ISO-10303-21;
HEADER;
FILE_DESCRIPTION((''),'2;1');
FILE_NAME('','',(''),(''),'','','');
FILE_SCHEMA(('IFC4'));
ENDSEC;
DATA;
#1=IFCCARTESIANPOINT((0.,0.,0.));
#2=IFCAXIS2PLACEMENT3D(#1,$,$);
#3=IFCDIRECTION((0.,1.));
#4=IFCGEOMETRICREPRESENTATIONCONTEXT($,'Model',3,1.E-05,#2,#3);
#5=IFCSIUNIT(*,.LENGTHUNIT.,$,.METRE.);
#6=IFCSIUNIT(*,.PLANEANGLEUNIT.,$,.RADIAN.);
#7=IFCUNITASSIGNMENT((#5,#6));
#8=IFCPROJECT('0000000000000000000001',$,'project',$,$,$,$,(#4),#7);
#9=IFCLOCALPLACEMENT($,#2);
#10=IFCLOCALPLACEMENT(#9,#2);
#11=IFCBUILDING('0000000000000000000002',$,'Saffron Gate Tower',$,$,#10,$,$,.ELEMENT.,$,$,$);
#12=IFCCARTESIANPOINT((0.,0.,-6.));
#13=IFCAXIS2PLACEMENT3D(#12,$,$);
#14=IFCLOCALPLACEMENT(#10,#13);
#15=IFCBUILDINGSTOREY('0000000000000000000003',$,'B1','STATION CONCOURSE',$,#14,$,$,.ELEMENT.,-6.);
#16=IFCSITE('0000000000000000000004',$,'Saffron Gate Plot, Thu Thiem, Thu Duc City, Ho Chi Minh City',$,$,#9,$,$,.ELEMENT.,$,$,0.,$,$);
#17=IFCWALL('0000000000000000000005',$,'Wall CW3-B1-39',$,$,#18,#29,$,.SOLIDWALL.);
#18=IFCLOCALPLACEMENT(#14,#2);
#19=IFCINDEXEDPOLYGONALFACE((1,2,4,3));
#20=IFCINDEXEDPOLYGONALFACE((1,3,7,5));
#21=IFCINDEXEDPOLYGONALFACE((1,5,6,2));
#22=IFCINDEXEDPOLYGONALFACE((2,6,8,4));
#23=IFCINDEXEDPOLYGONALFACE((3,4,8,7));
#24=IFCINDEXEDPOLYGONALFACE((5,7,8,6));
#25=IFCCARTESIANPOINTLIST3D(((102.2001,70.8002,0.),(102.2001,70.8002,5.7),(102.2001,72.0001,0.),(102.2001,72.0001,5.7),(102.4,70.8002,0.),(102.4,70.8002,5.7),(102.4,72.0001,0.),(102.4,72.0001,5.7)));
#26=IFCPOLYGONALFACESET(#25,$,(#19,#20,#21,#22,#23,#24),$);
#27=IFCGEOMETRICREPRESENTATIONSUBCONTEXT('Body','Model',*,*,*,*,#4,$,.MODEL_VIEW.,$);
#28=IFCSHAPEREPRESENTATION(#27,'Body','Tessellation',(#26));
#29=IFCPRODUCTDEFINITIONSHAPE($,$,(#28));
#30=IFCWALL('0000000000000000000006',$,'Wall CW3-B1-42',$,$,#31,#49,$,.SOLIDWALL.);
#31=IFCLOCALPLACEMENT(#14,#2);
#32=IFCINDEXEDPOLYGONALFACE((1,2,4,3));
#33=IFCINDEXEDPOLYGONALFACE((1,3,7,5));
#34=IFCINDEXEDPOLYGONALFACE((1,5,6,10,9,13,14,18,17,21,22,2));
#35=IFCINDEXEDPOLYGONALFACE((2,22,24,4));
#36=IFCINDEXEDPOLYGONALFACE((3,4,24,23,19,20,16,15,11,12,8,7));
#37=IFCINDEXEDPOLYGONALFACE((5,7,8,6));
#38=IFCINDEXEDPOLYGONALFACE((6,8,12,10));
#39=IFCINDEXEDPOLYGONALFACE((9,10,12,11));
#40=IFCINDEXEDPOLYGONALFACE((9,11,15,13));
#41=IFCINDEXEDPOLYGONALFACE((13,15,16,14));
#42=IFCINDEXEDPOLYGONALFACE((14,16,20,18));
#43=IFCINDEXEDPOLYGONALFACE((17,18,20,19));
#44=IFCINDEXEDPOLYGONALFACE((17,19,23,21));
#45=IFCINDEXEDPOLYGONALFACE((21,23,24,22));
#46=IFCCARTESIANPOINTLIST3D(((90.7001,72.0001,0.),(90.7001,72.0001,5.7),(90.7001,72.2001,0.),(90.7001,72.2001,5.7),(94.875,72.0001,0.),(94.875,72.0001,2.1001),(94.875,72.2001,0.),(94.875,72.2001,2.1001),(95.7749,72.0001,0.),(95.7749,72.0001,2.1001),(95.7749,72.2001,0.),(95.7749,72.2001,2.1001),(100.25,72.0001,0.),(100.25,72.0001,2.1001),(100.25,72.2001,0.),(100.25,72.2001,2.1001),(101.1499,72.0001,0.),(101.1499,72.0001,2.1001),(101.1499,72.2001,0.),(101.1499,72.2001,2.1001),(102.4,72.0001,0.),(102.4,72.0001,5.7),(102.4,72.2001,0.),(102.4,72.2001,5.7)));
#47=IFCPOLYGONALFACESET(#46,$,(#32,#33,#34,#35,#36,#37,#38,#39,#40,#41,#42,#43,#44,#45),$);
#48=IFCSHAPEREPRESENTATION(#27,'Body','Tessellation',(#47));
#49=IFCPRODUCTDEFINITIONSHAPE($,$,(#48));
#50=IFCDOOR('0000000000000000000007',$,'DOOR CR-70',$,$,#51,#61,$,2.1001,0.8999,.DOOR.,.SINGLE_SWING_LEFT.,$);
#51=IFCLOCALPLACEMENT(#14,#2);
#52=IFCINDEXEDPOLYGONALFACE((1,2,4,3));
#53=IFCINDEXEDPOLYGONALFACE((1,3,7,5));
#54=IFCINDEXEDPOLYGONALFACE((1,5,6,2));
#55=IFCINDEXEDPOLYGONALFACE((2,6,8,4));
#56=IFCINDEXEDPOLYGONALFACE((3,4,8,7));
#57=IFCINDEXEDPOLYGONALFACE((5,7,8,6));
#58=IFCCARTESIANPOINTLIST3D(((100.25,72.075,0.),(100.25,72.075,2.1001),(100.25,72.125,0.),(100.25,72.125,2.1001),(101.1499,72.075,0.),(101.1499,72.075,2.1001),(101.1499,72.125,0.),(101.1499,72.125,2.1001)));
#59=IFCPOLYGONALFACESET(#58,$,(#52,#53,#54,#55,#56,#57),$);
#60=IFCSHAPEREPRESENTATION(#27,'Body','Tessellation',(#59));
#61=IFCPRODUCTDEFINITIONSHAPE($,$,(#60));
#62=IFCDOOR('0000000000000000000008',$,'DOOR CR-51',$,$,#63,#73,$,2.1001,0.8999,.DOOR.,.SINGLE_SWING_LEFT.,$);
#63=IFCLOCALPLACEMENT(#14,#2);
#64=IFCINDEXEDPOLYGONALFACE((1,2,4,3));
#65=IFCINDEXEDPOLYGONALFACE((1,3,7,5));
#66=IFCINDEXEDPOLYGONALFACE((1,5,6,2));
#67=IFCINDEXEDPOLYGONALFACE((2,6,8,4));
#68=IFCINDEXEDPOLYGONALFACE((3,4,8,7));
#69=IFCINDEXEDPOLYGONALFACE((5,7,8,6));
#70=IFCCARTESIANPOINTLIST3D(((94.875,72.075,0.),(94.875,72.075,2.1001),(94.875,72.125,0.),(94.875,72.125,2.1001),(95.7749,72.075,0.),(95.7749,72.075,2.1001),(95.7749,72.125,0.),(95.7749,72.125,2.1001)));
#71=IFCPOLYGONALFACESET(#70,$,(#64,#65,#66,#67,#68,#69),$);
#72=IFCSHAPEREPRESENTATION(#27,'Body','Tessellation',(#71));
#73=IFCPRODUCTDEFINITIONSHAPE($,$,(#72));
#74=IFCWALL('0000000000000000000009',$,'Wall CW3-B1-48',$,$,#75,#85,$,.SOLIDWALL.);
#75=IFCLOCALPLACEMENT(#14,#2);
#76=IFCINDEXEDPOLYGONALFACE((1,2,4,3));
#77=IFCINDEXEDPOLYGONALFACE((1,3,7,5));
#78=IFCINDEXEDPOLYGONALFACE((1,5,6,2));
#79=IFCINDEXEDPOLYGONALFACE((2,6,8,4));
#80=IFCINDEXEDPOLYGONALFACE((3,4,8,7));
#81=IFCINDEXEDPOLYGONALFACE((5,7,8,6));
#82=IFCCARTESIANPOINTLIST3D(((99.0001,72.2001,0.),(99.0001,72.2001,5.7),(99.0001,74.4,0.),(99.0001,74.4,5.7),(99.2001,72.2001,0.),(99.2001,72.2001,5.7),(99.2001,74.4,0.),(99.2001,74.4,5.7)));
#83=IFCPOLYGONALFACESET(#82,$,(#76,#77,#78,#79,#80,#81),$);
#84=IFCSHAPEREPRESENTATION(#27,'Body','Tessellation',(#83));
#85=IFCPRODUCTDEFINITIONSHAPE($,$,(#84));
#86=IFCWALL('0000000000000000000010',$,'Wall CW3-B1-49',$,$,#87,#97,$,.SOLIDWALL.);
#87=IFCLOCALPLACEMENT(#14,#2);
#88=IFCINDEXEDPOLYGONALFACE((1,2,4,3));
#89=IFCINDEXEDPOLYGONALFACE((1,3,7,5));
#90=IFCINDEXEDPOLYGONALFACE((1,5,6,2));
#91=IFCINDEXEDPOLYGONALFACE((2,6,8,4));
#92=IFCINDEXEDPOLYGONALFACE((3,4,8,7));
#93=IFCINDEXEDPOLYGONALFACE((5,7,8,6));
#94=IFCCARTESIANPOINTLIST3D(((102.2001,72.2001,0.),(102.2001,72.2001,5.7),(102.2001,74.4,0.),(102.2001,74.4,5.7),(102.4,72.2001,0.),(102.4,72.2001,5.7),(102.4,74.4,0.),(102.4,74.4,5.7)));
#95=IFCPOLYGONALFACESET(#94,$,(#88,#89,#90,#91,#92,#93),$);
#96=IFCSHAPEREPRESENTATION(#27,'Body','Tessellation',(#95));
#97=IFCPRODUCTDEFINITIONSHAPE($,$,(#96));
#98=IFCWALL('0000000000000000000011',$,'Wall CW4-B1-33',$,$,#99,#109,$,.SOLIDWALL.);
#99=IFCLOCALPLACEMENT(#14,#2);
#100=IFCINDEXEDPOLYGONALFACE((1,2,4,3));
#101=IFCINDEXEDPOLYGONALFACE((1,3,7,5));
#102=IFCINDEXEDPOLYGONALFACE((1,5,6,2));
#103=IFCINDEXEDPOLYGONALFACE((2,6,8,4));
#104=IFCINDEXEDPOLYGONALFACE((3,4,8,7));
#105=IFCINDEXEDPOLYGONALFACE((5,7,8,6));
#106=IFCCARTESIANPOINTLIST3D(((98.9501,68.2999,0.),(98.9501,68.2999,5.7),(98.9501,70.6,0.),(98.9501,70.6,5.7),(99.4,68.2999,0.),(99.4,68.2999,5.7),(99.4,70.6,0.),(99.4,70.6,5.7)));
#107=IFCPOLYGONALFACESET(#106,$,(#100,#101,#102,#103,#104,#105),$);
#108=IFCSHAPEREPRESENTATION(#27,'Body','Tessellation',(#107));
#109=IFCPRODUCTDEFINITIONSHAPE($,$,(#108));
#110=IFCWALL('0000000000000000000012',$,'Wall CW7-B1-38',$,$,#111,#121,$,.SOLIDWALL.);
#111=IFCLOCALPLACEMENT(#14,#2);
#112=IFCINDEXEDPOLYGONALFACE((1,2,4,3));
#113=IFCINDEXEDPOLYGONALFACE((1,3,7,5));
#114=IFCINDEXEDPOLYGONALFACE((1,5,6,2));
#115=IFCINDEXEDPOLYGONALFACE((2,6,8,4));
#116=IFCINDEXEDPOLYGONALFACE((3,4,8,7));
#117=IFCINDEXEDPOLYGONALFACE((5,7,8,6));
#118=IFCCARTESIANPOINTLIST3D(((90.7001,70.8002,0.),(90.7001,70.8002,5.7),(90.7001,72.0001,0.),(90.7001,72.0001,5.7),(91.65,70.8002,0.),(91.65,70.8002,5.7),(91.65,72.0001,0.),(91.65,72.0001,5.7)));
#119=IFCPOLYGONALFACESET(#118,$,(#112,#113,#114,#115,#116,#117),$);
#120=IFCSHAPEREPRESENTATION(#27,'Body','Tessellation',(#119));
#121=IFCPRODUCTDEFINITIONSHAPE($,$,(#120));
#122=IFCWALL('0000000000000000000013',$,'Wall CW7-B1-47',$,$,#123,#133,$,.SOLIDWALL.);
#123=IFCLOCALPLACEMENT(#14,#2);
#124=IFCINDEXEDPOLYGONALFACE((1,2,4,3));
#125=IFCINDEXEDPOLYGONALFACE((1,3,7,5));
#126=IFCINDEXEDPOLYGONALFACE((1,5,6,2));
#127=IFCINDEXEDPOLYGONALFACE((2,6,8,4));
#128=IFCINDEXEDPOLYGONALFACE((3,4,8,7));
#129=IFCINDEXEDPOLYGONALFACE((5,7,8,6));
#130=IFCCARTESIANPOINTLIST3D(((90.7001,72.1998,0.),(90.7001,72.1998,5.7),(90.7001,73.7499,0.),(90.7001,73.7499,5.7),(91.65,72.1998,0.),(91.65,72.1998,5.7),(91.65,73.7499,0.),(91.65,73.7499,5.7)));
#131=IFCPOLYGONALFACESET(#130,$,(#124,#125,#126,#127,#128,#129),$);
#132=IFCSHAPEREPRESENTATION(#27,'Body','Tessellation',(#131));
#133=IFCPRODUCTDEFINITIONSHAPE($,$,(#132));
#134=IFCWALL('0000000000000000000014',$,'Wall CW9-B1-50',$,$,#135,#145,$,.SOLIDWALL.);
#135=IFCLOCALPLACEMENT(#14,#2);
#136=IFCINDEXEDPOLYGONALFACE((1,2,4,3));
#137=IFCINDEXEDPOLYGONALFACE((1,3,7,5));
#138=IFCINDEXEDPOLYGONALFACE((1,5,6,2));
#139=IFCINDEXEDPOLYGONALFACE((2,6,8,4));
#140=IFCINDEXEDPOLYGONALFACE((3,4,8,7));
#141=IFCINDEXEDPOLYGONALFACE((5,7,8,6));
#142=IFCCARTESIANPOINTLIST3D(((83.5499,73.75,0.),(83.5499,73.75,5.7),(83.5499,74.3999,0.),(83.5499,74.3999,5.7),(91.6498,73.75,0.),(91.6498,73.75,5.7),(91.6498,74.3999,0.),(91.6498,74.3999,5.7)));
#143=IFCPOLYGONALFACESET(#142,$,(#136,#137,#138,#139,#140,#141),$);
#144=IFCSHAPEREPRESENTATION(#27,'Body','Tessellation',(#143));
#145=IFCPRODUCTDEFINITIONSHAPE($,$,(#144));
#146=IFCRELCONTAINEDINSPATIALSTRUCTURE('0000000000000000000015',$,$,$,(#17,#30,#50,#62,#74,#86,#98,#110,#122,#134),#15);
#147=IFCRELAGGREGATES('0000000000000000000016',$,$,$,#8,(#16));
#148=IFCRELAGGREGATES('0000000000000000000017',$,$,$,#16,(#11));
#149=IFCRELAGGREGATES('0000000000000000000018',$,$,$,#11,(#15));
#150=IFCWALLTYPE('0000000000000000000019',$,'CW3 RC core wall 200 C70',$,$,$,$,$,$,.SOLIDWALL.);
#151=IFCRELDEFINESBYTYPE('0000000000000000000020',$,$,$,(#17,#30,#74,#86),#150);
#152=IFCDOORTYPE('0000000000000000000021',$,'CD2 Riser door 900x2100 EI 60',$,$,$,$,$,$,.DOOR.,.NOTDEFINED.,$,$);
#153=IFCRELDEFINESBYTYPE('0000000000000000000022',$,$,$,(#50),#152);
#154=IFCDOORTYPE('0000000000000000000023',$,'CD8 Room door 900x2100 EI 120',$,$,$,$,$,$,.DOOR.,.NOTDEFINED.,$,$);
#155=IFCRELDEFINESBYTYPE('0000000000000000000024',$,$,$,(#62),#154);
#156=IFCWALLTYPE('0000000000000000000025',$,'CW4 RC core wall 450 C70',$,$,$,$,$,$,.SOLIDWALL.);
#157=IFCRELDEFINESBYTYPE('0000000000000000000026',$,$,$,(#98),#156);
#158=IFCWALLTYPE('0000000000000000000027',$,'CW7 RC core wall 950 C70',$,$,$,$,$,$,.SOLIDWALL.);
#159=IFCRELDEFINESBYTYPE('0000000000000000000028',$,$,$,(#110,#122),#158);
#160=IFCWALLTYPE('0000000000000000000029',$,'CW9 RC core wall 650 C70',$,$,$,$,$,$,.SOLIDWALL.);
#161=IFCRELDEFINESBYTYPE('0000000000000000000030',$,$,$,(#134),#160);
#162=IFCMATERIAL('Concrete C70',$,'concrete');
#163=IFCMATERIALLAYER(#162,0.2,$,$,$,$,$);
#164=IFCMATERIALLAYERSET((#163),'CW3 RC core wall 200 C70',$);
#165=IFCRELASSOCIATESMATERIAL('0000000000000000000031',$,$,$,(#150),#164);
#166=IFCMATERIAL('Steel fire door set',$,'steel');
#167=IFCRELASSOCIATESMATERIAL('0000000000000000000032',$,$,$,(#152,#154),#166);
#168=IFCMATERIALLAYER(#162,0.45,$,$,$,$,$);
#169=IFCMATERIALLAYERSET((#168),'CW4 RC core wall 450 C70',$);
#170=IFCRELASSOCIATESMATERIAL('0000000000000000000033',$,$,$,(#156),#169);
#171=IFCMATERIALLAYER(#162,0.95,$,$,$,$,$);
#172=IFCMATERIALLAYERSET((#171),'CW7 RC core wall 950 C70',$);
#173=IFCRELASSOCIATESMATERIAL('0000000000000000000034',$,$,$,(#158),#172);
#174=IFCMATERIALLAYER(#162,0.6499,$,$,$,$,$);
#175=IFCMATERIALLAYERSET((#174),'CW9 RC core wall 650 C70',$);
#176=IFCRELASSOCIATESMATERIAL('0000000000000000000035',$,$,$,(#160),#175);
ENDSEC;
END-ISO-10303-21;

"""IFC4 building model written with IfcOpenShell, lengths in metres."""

from ifc_helpers import new_model, si_unit, direction, frame, frame_2d, origin, place, context, subcontext, project, spatial, rectangle, extrude, material, layer, layer_set, type_object, element, fill, save


model = new_model("IFC4")

# Units and contexts
model_context = context("Model", 3, precision=1e-05, world=origin(), true_north=direction((0.0, 1.0)))
body_context = subcontext(model_context, "Body", "Model", "MODEL_VIEW")
ifc_project = project(units=[si_unit("LENGTHUNIT", "METRE"), si_unit("PLANEANGLEUNIT", "RADIAN")], contexts=[model_context])

# Site, building, storey
site_placement = place(None, origin())
site = spatial("IfcSite", under=ifc_project, at=site_placement, Name="Saffron Gate Plot, Thu Thiem, Thu Duc City, Ho Chi Minh City", CompositionType="ELEMENT", RefElevation=0.0)
building_placement = place(site_placement, origin())
building = spatial("IfcBuilding", under=site, at=building_placement, Name="Saffron Gate Tower", CompositionType="ELEMENT")
storey_placement = place(building_placement, frame((0.0, 0.0, -6.0)))
storey = spatial("IfcBuildingStorey", under=building, at=storey_placement, Name="B1", Description="STATION CONCOURSE", CompositionType="ELEMENT", Elevation=-6.0)

# Wall
ifc_material_1 = material(Name="Concrete C70", Category="concrete")
ifc_layer_1 = layer(ifc_material_1, 0.2)
ifc_layer_set_1 = layer_set([ifc_layer_1], Name="CW3 RC core wall 200 C70")
wall_type_1 = type_object("IfcWallType", Name="CW3 RC core wall 200 C70", PredefinedType="SOLIDWALL", material=ifc_layer_set_1)
wall_1_placement = place(storey_placement, frame((102.3, 70.8, 0.0), z_axis=(0.0, 0.0, 1.0), x_axis=(0.0, 1.0, 0.0)))
element("IfcWall", 1, at=wall_1_placement, inside=storey, type_object=wall_type_1, Name="Wall CW3-B1-39", PredefinedType="SOLIDWALL", context=body_context, shape_type="SweptSolid", body=[
    extrude(rectangle(XDim=1.2, YDim=0.2, at=frame_2d((0.6001, 0.0))), origin(), (0.0, 0.0, 1.0), 5.7),
])

# Wall, openings, doors
wall_2_placement = place(storey_placement, frame((90.7, 72.1001, 0.0), z_axis=(0.0, 0.0, 1.0), x_axis=(1.0, 0.0, 0.0)))
wall_2 = element("IfcWall", 2, at=wall_2_placement, inside=storey, type_object=wall_type_1, Name="Wall CW3-B1-42", PredefinedType="SOLIDWALL", context=body_context, shape_type="SweptSolid", body=[
    extrude(rectangle(XDim=11.7, YDim=0.2, at=frame_2d((5.8501, 0.0))), origin(), (0.0, 0.0, 1.0), 5.7),
])
opening_1_placement = place(wall_2_placement, frame((4.175, 0.0, 0.0)))
opening_1 = element("IfcOpeningElement", 3, at=opening_1_placement, cuts=wall_2, PredefinedType="OPENING", context=body_context, shape_type="SweptSolid", body=[
    extrude(rectangle(XDim=0.8999, YDim=2.1001, at=frame_2d((0.45, 1.05))), frame((0.0, 0.1099, 0.0), z_axis=(0.0, -1.0, 0.0), x_axis=(1.0, 0.0, 0.0)), (0.0, 0.0, 1.0), 0.22),
])
opening_2_placement = place(wall_2_placement, frame((9.55, 0.0, 0.0)))
opening_2 = element("IfcOpeningElement", 4, at=opening_2_placement, cuts=wall_2, PredefinedType="OPENING", context=body_context, shape_type="SweptSolid", body=[
    extrude(rectangle(XDim=0.8999, YDim=2.1001, at=frame_2d((0.45, 1.05))), frame((0.0, 0.1099, 0.0), z_axis=(0.0, -1.0, 0.0), x_axis=(1.0, 0.0, 0.0)), (0.0, 0.0, 1.0), 0.22),
])
ifc_material_2 = material(Name="Steel fire door set", Category="steel")
door_type_1 = type_object("IfcDoorType", Name="CD2 Riser door 900x2100 EI 60", OperationType="NOTDEFINED", PredefinedType="DOOR", material=ifc_material_2)
door_1_placement = place(opening_2_placement, origin())
door_1 = element("IfcDoor", 5, at=door_1_placement, inside=storey, type_object=door_type_1, Name="DOOR CR-70", OperationType="SINGLE_SWING_LEFT", OverallHeight=2.1001, OverallWidth=0.8999, PredefinedType="DOOR", context=body_context, shape_type="SweptSolid", body=[
    extrude(rectangle(XDim=0.8999, YDim=2.1001, at=frame_2d((0.45, 1.05))), frame((0.0, 0.0249, 0.0), z_axis=(0.0, -1.0, 0.0), x_axis=(1.0, 0.0, 0.0)), (0.0, 0.0, 1.0), 0.05),
])
fill(opening_2, door_1)
door_type_2 = type_object("IfcDoorType", Name="CD8 Room door 900x2100 EI 120", OperationType="NOTDEFINED", PredefinedType="DOOR", material=ifc_material_2)
door_2_placement = place(opening_1_placement, origin())
door_2 = element("IfcDoor", 6, at=door_2_placement, inside=storey, type_object=door_type_2, Name="DOOR CR-51", OperationType="SINGLE_SWING_LEFT", OverallHeight=2.1001, OverallWidth=0.8999, PredefinedType="DOOR", context=body_context, shape_type="SweptSolid", body=[
    extrude(rectangle(XDim=0.8999, YDim=2.1001, at=frame_2d((0.45, 1.05))), frame((0.0, 0.0249, 0.0), z_axis=(0.0, -1.0, 0.0), x_axis=(1.0, 0.0, 0.0)), (0.0, 0.0, 1.0), 0.05),
])
fill(opening_1, door_2)

# Walls
for number, where, z_axis, x_axis, name in (
    (7, (99.1001, 72.2, 0.0), (0.0, 0.0, 1.0), (0.0, 1.0, 0.0), "Wall CW3-B1-48"),
    (8, (102.3, 72.2, 0.0), (0.0, 0.0, 1.0), (0.0, 1.0, 0.0), "Wall CW3-B1-49"),
):
    element("IfcWall", number, at=place(storey_placement, frame(where, z_axis=z_axis, x_axis=x_axis)), inside=storey, type_object=wall_type_1, Name=name, PredefinedType="SOLIDWALL", context=body_context, shape_type="SweptSolid", body=[
        extrude(rectangle(XDim=2.2, YDim=0.2, at=frame_2d((1.1001, 0.0))), origin(), (0.0, 0.0, 1.0), 5.7),
    ])
ifc_layer_2 = layer(ifc_material_1, 0.45)
ifc_layer_set_2 = layer_set([ifc_layer_2], Name="CW4 RC core wall 450 C70")
wall_type_2 = type_object("IfcWallType", Name="CW4 RC core wall 450 C70", PredefinedType="SOLIDWALL", material=ifc_layer_set_2)
wall_3_placement = place(storey_placement, frame((99.175, 68.3, 0.0), z_axis=(0.0, 0.0, 1.0), x_axis=(0.0, 1.0, 0.0)))
element("IfcWall", 9, at=wall_3_placement, inside=storey, type_object=wall_type_2, Name="Wall CW4-B1-33", PredefinedType="SOLIDWALL", context=body_context, shape_type="SweptSolid", body=[
    extrude(rectangle(XDim=2.3, YDim=0.45, at=frame_2d((1.1499, 0.0))), origin(), (0.0, 0.0, 1.0), 5.7),
])
ifc_layer_3 = layer(ifc_material_1, 0.95)
ifc_layer_set_3 = layer_set([ifc_layer_3], Name="CW7 RC core wall 950 C70")
wall_type_3 = type_object("IfcWallType", Name="CW7 RC core wall 950 C70", PredefinedType="SOLIDWALL", material=ifc_layer_set_3)
wall_4_placement = place(storey_placement, frame((91.175, 70.8, 0.0), z_axis=(0.0, 0.0, 1.0), x_axis=(0.0, 1.0, 0.0)))
element("IfcWall", 10, at=wall_4_placement, inside=storey, type_object=wall_type_3, Name="Wall CW7-B1-38", PredefinedType="SOLIDWALL", context=body_context, shape_type="SweptSolid", body=[
    extrude(rectangle(XDim=1.2, YDim=0.95, at=frame_2d((0.6001, 0.0))), origin(), (0.0, 0.0, 1.0), 5.7),
])
wall_5_placement = place(storey_placement, frame((91.175, 72.2, 0.0), z_axis=(0.0, 0.0, 1.0), x_axis=(0.0, 1.0, 0.0)))
element("IfcWall", 11, at=wall_5_placement, inside=storey, type_object=wall_type_3, Name="Wall CW7-B1-47", PredefinedType="SOLIDWALL", context=body_context, shape_type="SweptSolid", body=[
    extrude(rectangle(XDim=1.55, YDim=0.95, at=frame_2d((0.7749, 0.0))), origin(), (0.0, 0.0, 1.0), 5.7),
])
ifc_layer_4 = layer(ifc_material_1, 0.6499)
ifc_layer_set_4 = layer_set([ifc_layer_4], Name="CW9 RC core wall 650 C70")
wall_type_4 = type_object("IfcWallType", Name="CW9 RC core wall 650 C70", PredefinedType="SOLIDWALL", material=ifc_layer_set_4)
wall_6_placement = place(storey_placement, frame((83.55, 74.075, 0.0), z_axis=(0.0, 0.0, 1.0), x_axis=(1.0, 0.0, 0.0)))
element("IfcWall", 12, at=wall_6_placement, inside=storey, type_object=wall_type_4, Name="Wall CW9-B1-50", PredefinedType="SOLIDWALL", context=body_context, shape_type="SweptSolid", body=[
    extrude(rectangle(XDim=8.0999, YDim=0.6499, at=frame_2d((4.0498, 0.0))), origin(), (0.0, 0.0, 1.0), 5.7),
])

save(model, "model.ifc")
